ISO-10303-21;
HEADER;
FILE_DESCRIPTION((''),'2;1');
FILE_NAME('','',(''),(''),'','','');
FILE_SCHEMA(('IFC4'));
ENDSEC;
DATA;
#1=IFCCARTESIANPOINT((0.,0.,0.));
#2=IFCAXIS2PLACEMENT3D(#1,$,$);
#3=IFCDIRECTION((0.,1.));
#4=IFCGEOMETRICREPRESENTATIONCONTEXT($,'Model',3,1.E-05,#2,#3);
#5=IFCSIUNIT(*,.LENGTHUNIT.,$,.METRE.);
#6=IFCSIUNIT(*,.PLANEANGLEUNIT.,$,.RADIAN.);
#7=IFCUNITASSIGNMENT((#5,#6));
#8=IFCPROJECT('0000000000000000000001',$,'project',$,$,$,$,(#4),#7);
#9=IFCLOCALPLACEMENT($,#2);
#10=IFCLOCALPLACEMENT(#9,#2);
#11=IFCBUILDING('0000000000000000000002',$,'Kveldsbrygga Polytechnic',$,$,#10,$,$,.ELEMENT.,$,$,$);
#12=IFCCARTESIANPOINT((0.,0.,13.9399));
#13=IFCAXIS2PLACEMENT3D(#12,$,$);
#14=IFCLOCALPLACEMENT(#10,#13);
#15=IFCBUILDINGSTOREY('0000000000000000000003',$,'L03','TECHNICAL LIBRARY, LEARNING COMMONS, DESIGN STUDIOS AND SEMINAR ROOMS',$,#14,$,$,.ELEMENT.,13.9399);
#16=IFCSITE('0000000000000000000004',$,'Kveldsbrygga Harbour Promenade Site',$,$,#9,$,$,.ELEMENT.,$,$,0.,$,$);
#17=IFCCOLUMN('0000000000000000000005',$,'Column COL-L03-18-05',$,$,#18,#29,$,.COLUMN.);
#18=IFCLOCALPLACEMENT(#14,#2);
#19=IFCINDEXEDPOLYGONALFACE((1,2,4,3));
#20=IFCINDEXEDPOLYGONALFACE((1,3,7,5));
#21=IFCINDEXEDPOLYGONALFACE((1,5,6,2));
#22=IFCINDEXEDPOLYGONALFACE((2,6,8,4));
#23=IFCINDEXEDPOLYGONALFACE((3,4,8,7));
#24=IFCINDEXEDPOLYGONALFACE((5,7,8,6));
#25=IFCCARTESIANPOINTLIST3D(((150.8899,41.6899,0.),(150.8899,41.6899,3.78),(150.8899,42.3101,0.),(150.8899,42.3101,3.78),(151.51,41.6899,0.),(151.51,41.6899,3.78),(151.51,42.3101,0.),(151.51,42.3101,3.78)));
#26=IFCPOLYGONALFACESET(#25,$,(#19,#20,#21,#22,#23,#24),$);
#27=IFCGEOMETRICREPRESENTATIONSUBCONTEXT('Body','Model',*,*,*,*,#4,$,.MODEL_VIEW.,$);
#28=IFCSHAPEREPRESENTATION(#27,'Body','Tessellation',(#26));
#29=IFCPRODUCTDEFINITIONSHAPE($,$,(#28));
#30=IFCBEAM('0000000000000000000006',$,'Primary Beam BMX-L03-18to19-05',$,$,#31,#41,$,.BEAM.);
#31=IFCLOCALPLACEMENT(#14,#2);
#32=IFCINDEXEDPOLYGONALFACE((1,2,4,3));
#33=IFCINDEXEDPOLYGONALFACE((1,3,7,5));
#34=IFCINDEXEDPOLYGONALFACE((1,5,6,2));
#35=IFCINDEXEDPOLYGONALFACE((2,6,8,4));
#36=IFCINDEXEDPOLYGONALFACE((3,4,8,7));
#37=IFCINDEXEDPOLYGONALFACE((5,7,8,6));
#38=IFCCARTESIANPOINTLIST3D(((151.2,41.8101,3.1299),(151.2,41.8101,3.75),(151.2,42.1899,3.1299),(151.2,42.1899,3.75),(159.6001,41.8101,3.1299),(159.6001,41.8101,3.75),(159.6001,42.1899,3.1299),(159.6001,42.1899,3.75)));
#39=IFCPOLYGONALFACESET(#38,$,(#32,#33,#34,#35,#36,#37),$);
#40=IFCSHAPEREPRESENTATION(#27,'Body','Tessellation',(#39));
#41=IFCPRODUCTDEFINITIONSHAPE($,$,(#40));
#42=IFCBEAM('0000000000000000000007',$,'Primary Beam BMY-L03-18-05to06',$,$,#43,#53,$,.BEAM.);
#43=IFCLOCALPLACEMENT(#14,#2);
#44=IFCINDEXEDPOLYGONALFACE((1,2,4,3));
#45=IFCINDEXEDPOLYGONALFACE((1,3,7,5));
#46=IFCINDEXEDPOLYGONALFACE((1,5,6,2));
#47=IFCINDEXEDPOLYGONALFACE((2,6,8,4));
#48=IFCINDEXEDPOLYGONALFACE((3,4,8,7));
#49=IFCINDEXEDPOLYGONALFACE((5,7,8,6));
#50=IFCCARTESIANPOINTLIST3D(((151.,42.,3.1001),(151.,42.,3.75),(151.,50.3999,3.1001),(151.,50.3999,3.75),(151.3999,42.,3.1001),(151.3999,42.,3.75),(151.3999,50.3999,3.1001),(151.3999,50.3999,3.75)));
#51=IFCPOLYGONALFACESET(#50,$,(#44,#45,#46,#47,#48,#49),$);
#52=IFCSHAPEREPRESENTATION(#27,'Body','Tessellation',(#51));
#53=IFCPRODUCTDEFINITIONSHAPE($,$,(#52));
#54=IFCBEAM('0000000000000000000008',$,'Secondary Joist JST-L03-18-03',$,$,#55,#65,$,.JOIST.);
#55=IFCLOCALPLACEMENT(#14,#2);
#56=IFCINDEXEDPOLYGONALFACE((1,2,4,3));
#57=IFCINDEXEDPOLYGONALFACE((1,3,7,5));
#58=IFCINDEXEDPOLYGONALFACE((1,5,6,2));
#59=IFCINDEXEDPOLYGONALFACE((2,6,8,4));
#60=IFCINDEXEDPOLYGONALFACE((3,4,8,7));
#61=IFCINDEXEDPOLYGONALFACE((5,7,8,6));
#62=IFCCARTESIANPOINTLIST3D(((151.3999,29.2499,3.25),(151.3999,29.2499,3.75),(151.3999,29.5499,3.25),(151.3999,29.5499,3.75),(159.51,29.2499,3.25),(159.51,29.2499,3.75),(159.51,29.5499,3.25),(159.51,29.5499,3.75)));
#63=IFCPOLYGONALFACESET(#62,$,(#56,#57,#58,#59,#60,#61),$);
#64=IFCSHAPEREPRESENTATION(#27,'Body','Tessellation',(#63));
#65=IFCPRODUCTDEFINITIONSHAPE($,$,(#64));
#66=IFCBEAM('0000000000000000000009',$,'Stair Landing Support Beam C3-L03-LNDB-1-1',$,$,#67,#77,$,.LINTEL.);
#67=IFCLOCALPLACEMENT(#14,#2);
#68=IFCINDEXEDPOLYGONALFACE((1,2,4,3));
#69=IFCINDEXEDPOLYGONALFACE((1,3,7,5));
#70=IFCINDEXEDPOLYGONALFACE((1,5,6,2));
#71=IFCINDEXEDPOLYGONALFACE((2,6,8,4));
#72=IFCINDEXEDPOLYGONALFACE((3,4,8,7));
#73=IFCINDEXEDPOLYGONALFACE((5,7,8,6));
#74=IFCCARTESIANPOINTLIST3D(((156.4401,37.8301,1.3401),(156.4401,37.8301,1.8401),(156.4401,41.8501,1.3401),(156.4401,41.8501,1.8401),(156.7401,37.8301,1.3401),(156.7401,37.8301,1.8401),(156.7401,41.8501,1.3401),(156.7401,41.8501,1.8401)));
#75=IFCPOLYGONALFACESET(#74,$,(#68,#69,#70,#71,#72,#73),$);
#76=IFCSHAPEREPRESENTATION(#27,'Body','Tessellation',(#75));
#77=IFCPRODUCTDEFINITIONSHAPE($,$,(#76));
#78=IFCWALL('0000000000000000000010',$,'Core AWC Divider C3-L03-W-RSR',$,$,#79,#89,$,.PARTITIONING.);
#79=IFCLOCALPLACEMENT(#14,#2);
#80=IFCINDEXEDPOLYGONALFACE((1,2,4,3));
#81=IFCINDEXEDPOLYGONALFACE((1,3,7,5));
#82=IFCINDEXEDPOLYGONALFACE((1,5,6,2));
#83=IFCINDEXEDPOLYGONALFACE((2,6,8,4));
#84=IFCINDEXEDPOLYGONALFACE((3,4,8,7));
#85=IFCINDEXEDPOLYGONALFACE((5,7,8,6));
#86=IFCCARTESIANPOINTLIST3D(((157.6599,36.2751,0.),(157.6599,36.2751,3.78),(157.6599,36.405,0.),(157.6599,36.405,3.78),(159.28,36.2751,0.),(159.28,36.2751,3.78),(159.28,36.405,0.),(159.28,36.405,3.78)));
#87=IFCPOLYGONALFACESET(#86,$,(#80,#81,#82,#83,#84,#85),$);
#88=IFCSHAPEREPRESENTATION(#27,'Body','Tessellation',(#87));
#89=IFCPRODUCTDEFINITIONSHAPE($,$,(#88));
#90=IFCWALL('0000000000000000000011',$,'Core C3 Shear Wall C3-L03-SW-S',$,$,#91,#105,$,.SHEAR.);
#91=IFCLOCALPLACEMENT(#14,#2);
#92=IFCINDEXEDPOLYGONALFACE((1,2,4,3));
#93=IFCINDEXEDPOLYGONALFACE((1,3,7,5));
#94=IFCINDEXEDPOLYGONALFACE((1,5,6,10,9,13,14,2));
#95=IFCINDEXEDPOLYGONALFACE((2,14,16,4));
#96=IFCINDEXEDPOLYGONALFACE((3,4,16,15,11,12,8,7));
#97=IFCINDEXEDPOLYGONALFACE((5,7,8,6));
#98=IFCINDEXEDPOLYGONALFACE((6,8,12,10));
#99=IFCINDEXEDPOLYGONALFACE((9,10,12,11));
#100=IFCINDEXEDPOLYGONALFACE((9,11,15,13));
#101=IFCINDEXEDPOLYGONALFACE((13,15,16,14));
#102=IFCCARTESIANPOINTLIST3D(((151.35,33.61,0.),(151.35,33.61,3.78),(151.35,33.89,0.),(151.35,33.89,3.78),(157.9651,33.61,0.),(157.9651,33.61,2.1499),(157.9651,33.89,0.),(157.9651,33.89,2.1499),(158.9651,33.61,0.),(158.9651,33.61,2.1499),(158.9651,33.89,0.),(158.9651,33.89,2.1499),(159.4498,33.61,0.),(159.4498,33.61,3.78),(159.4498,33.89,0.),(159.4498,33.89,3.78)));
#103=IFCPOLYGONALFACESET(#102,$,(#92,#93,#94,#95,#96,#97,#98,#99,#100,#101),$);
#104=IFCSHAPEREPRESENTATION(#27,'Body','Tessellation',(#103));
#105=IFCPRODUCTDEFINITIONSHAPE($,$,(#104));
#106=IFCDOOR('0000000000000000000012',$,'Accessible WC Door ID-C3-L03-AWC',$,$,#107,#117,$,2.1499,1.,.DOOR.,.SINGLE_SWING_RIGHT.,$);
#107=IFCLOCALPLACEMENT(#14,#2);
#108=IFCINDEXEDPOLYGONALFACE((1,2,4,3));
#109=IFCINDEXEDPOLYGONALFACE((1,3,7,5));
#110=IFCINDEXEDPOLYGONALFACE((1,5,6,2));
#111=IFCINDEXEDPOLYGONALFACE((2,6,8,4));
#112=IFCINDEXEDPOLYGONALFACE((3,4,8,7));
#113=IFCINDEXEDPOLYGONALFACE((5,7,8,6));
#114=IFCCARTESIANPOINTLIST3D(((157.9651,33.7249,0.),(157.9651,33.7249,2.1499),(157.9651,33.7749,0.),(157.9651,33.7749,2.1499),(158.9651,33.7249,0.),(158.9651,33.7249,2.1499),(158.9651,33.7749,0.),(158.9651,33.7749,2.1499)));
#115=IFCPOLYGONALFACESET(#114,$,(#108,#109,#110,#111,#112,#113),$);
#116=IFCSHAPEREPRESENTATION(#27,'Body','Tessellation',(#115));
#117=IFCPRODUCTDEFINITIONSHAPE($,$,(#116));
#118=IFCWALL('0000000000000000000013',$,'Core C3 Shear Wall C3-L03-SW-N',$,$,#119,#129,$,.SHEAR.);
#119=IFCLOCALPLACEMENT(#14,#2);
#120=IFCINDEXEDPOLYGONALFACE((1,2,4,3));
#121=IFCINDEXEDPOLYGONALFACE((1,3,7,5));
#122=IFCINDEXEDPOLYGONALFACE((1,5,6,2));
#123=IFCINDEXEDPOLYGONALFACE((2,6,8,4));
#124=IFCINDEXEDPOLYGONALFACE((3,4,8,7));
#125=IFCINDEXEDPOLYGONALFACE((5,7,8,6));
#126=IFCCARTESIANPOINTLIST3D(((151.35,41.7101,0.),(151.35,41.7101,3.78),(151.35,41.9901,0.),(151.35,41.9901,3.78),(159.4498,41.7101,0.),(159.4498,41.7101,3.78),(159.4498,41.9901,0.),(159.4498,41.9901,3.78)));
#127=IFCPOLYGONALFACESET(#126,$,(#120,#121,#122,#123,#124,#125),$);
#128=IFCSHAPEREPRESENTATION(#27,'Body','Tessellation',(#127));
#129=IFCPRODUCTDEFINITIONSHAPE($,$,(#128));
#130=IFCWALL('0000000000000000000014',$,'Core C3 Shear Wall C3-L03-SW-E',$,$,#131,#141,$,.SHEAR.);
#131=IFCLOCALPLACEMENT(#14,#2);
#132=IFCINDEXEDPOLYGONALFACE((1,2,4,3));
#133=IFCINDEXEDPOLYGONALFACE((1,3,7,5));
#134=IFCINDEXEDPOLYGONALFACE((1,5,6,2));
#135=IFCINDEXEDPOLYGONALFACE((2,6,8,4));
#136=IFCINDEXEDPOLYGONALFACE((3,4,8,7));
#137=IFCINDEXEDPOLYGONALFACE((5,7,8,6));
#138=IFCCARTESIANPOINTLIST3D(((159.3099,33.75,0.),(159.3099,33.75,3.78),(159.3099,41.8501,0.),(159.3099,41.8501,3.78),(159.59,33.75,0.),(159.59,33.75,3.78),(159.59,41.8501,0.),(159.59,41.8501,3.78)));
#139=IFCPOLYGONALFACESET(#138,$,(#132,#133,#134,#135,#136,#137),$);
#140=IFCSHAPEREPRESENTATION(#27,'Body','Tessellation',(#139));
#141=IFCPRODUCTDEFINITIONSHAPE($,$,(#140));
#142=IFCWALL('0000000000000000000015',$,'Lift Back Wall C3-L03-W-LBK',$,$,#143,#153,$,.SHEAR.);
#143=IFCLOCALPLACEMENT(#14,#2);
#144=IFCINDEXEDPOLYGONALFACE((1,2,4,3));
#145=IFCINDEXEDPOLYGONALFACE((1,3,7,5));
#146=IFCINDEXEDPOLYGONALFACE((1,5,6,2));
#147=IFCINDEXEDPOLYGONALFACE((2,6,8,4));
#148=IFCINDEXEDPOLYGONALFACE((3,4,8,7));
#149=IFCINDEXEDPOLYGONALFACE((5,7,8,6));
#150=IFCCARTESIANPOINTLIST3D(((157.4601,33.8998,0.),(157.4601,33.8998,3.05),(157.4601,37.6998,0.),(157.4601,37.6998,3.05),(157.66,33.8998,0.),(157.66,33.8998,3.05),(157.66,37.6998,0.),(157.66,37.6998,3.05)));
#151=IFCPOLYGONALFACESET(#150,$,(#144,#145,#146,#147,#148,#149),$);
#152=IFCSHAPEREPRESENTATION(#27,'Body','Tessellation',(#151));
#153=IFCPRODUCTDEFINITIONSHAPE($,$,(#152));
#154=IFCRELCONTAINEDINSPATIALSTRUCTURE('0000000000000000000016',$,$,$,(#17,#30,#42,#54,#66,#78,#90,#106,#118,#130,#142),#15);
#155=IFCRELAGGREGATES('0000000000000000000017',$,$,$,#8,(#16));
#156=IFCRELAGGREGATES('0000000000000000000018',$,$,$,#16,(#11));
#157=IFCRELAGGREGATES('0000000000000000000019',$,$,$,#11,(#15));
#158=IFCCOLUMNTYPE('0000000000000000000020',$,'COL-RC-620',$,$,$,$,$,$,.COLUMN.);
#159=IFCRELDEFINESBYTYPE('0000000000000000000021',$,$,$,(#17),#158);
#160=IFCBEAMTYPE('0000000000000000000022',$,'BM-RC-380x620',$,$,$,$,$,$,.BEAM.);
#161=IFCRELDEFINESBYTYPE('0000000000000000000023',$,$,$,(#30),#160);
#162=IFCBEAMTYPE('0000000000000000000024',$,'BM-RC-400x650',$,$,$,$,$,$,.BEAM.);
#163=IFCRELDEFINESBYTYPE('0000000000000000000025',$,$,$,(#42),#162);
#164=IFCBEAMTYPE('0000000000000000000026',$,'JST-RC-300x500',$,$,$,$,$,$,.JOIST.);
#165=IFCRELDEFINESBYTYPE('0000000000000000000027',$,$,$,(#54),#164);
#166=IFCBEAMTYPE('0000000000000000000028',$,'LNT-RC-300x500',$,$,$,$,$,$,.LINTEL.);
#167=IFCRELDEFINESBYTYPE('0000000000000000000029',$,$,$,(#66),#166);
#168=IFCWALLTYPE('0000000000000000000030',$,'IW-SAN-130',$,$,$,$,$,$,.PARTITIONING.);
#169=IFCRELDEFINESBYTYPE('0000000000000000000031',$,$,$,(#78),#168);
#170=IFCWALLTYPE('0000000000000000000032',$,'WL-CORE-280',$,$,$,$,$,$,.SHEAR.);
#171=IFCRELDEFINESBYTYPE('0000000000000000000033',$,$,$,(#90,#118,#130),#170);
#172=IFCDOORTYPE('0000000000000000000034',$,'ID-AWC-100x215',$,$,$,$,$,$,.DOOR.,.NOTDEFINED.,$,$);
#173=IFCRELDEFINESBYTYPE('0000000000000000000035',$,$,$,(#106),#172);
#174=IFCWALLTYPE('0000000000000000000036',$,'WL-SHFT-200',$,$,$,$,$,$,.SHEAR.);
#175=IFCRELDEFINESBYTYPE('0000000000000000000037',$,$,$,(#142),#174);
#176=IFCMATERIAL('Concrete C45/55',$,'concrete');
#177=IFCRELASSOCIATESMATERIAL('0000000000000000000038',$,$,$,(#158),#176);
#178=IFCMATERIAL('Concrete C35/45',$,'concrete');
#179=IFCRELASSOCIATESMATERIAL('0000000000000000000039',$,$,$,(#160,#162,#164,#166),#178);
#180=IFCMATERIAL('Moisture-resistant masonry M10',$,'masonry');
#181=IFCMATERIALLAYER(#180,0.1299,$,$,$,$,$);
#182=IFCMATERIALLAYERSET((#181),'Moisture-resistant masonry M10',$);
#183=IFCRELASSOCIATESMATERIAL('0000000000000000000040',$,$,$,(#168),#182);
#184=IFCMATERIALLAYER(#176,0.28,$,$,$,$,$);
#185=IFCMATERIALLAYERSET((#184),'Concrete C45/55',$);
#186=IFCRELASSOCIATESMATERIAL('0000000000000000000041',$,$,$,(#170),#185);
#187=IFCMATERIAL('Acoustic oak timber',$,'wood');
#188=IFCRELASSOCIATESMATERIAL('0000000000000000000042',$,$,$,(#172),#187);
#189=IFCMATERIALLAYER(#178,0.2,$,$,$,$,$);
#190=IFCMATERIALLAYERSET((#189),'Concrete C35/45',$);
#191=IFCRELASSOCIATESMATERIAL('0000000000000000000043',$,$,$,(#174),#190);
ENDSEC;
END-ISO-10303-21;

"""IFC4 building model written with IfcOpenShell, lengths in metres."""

from ifc_helpers import new_model, si_unit, direction, frame, frame_2d, origin, origin_2d, place, context, subcontext, project, spatial, rectangle, extrude, material, layer, layer_set, material_profile, profile_set, type_object, element, fill, save


model = new_model("IFC4")

# Units and contexts
model_context = context("Model", 3, precision=1e-05, world=origin(), true_north=direction((0.0, 1.0)))
body_context = subcontext(model_context, "Body", "Model", "MODEL_VIEW")
ifc_project = project(units=[si_unit("LENGTHUNIT", "METRE"), si_unit("PLANEANGLEUNIT", "RADIAN")], contexts=[model_context])

# Site, building, storey
site_placement = place(None, origin())
site = spatial("IfcSite", under=ifc_project, at=site_placement, Name="Kveldsbrygga Harbour Promenade Site", CompositionType="ELEMENT", RefElevation=0.0)
building_placement = place(site_placement, origin())
building = spatial("IfcBuilding", under=site, at=building_placement, Name="Kveldsbrygga Polytechnic", CompositionType="ELEMENT")
storey_placement = place(building_placement, frame((0.0, 0.0, 13.9399)))
storey = spatial("IfcBuildingStorey", under=building, at=storey_placement, Name="L03", Description="TECHNICAL LIBRARY, LEARNING COMMONS, DESIGN STUDIOS AND SEMINAR ROOMS", CompositionType="ELEMENT", Elevation=13.9399)

# Column
ifc_material_1 = material(Name="Concrete C45/55", Category="concrete")
ifc_material_profile_1 = material_profile(ifc_material_1, rectangle(XDim=0.6201, YDim=0.6201, at=origin_2d()), Name="RC 620x620")
ifc_profile_set_1 = profile_set([ifc_material_profile_1], Name="Concrete C45/55")
column_type = type_object("IfcColumnType", Name="COL-RC-620", PredefinedType="COLUMN", material=ifc_profile_set_1)
column_placement = place(storey_placement, frame((151.2, 42.0, 0.0), z_axis=(0.0, 0.0, 1.0), x_axis=(1.0, 0.0, 0.0)))
element("IfcColumn", 1, at=column_placement, inside=storey, type_object=column_type, Name="Column COL-L03-18-05", PredefinedType="COLUMN", context=body_context, shape_type="SweptSolid", body=[
    extrude(rectangle(XDim=0.6201, YDim=0.6201, at=origin_2d()), origin(), (0.0, 0.0, 1.0), 3.78),
])

# Beams
ifc_material_2 = material(Name="Concrete C35/45", Category="concrete")
ifc_material_profile_2 = material_profile(ifc_material_2, rectangle(XDim=0.3799, YDim=0.6201, at=origin_2d()), Name="RC 380x620")
ifc_profile_set_2 = profile_set([ifc_material_profile_2], Name="Concrete C35/45")
beam_type_1 = type_object("IfcBeamType", Name="BM-RC-380x620", PredefinedType="BEAM", material=ifc_profile_set_2)
beam_1_placement = place(storey_placement, frame((151.2, 42.0, 3.4399), z_axis=(1.0, 0.0, 0.0), x_axis=(0.0, 1.0, 0.0)))
element("IfcBeam", 2, at=beam_1_placement, inside=storey, type_object=beam_type_1, Name="Primary Beam BMX-L03-18to19-05", PredefinedType="BEAM", context=body_context, shape_type="SweptSolid", body=[
    extrude(rectangle(XDim=0.3799, YDim=0.6201, at=origin_2d()), origin(), (0.0, 0.0, 1.0), 8.4001),
])
ifc_material_profile_3 = material_profile(ifc_material_2, rectangle(XDim=0.3999, YDim=0.6499, at=origin_2d()), Name="RC 400x650")
ifc_profile_set_3 = profile_set([ifc_material_profile_3], Name="Concrete C35/45")
beam_type_2 = type_object("IfcBeamType", Name="BM-RC-400x650", PredefinedType="BEAM", material=ifc_profile_set_3)
beam_2_placement = place(storey_placement, frame((151.2, 42.0, 3.425), z_axis=(0.0, 1.0, 0.0), x_axis=(-1.0, 0.0, 0.0)))
element("IfcBeam", 3, at=beam_2_placement, inside=storey, type_object=beam_type_2, Name="Primary Beam BMY-L03-18-05to06", PredefinedType="BEAM", context=body_context, shape_type="SweptSolid", body=[
    extrude(rectangle(XDim=0.3999, YDim=0.6499, at=origin_2d()), origin(), (0.0, 0.0, 1.0), 8.3999),
])
ifc_material_profile_4 = material_profile(ifc_material_2, rectangle(XDim=0.3, YDim=0.5, at=origin_2d()), Name="RC 300x500")
ifc_profile_set_4 = profile_set([ifc_material_profile_4], Name="Concrete C35/45")
beam_type_3 = type_object("IfcBeamType", Name="JST-RC-300x500", PredefinedType="JOIST", material=ifc_profile_set_4)
beam_3_placement = place(storey_placement, frame((151.3999, 29.3999, 3.5), z_axis=(1.0, 0.0, 0.0), x_axis=(0.0, 1.0, 0.0)))
element("IfcBeam", 4, at=beam_3_placement, inside=storey, type_object=beam_type_3, Name="Secondary Joist JST-L03-18-03", PredefinedType="JOIST", context=body_context, shape_type="SweptSolid", body=[
    extrude(rectangle(XDim=0.3, YDim=0.5, at=origin_2d()), origin(), (0.0, 0.0, 1.0), 8.1101),
])
ifc_material_profile_5 = material_profile(ifc_material_2, rectangle(XDim=0.3, YDim=0.5, at=origin_2d()), Name="RC 300x500")
ifc_profile_set_5 = profile_set([ifc_material_profile_5], Name="Concrete C35/45")
beam_type_4 = type_object("IfcBeamType", Name="LNT-RC-300x500", PredefinedType="LINTEL", material=ifc_profile_set_5)
beam_4_placement = place(storey_placement, frame((156.5901, 37.8301, 1.5901), z_axis=(0.0, 1.0, 0.0), x_axis=(-1.0, 0.0, 0.0)))
element("IfcBeam", 5, at=beam_4_placement, inside=storey, type_object=beam_type_4, Name="Stair Landing Support Beam C3-L03-LNDB-1-1", PredefinedType="LINTEL", context=body_context, shape_type="SweptSolid", body=[
    extrude(rectangle(XDim=0.3, YDim=0.5, at=origin_2d()), origin(), (0.0, 0.0, 1.0), 4.02),
])

# Wall
ifc_material_3 = material(Name="Moisture-resistant masonry M10", Category="masonry")
ifc_layer_1 = layer(ifc_material_3, 0.1299)
ifc_layer_set_1 = layer_set([ifc_layer_1], Name="Moisture-resistant masonry M10")
wall_type_1 = type_object("IfcWallType", Name="IW-SAN-130", PredefinedType="PARTITIONING", material=ifc_layer_set_1)
wall_1_placement = place(storey_placement, frame((157.6599, 36.3401, 0.0), z_axis=(0.0, 0.0, 1.0), x_axis=(1.0, 0.0, 0.0)))
element("IfcWall", 6, at=wall_1_placement, inside=storey, type_object=wall_type_1, Name="Core AWC Divider C3-L03-W-RSR", PredefinedType="PARTITIONING", context=body_context, shape_type="SweptSolid", body=[
    extrude(rectangle(XDim=1.6201, YDim=0.1299, at=frame_2d((0.8101, 0.0))), origin(), (0.0, 0.0, 1.0), 3.78),
])

# Wall, opening, door
ifc_layer_2 = layer(ifc_material_1, 0.28)
ifc_layer_set_2 = layer_set([ifc_layer_2], Name="Concrete C45/55")
wall_type_2 = type_object("IfcWallType", Name="WL-CORE-280", PredefinedType="SHEAR", material=ifc_layer_set_2)
wall_2_placement = place(storey_placement, frame((151.3501, 33.75, 0.0), z_axis=(0.0, 0.0, 1.0), x_axis=(1.0, 0.0, 0.0)))
wall_2 = element("IfcWall", 7, at=wall_2_placement, inside=storey, type_object=wall_type_2, Name="Core C3 Shear Wall C3-L03-SW-S", PredefinedType="SHEAR", context=body_context, shape_type="SweptSolid", body=[
    extrude(rectangle(XDim=8.0999, YDim=0.28, at=frame_2d((4.0498, 0.0))), origin(), (0.0, 0.0, 1.0), 3.78),
])
opening_1_placement = place(wall_2_placement, frame((6.615, 0.0, 0.0)))
opening_1 = element("IfcOpeningElement", 8, at=opening_1_placement, cuts=wall_2, PredefinedType="OPENING", context=body_context, shape_type="SweptSolid", body=[
    extrude(rectangle(XDim=1.0, YDim=2.1499, at=frame_2d((0.5, 1.075))), frame((0.0, 0.1499, 0.0), z_axis=(0.0, -1.0, 0.0), x_axis=(1.0, 0.0, 0.0)), (0.0, 0.0, 1.0), 0.3),
])
ifc_material_4 = material(Name="Acoustic oak timber", Category="wood")
door_type_1 = type_object("IfcDoorType", Name="ID-AWC-100x215", OperationType="NOTDEFINED", PredefinedType="DOOR", material=ifc_material_4)
door_1_placement = place(opening_1_placement, origin())
door_1 = element("IfcDoor", 9, at=door_1_placement, inside=storey, type_object=door_type_1, Name="Accessible WC Door ID-C3-L03-AWC", OperationType="SINGLE_SWING_RIGHT", OverallHeight=2.1499, OverallWidth=1.0, PredefinedType="DOOR", context=body_context, shape_type="SweptSolid", body=[
    extrude(rectangle(XDim=1.0, YDim=2.1499, at=frame_2d((0.5, 1.075))), frame((0.0, 0.0249, 0.0), z_axis=(0.0, -1.0, 0.0), x_axis=(1.0, 0.0, 0.0)), (0.0, 0.0, 1.0), 0.05),
])
fill(opening_1, door_1)

# Wall
wall_3_placement = place(storey_placement, frame((151.3501, 41.8501, 0.0), z_axis=(0.0, 0.0, 1.0), x_axis=(1.0, 0.0, 0.0)))
element("IfcWall", 10, at=wall_3_placement, inside=storey, type_object=wall_type_2, Name="Core C3 Shear Wall C3-L03-SW-N", PredefinedType="SHEAR", context=body_context, shape_type="SweptSolid", body=[
    extrude(rectangle(XDim=8.0999, YDim=0.28, at=frame_2d((4.0498, 0.0))), origin(), (0.0, 0.0, 1.0), 3.78),
])

# Wall
wall_4_placement = place(storey_placement, frame((159.45, 33.75, 0.0), z_axis=(0.0, 0.0, 1.0), x_axis=(0.0, 1.0, 0.0)))
element("IfcWall", 11, at=wall_4_placement, inside=storey, type_object=wall_type_2, Name="Core C3 Shear Wall C3-L03-SW-E", PredefinedType="SHEAR", context=body_context, shape_type="SweptSolid", body=[
    extrude(rectangle(XDim=8.1001, YDim=0.28, at=frame_2d((4.05, 0.0))), origin(), (0.0, 0.0, 1.0), 3.78),
])

# Shared definitions
ifc_layer_3 = layer(ifc_material_2, 0.2)
ifc_layer_set_3 = layer_set([ifc_layer_3], Name="Concrete C35/45")
wall_type_3 = type_object("IfcWallType", Name="WL-SHFT-200", PredefinedType="SHEAR", material=ifc_layer_set_3)

# Wall
wall_5_placement = place(storey_placement, frame((157.5601, 33.8999, 0.0), z_axis=(0.0, 0.0, 1.0), x_axis=(0.0, 1.0, 0.0)))
element("IfcWall", 12, at=wall_5_placement, inside=storey, type_object=wall_type_3, Name="Lift Back Wall C3-L03-W-LBK", PredefinedType="SHEAR", context=body_context, shape_type="SweptSolid", body=[
    extrude(rectangle(XDim=3.8, YDim=0.2, at=frame_2d((1.8999, 0.0))), origin(), (0.0, 0.0, 1.0), 3.05),
])

save(model, "model.ifc")
